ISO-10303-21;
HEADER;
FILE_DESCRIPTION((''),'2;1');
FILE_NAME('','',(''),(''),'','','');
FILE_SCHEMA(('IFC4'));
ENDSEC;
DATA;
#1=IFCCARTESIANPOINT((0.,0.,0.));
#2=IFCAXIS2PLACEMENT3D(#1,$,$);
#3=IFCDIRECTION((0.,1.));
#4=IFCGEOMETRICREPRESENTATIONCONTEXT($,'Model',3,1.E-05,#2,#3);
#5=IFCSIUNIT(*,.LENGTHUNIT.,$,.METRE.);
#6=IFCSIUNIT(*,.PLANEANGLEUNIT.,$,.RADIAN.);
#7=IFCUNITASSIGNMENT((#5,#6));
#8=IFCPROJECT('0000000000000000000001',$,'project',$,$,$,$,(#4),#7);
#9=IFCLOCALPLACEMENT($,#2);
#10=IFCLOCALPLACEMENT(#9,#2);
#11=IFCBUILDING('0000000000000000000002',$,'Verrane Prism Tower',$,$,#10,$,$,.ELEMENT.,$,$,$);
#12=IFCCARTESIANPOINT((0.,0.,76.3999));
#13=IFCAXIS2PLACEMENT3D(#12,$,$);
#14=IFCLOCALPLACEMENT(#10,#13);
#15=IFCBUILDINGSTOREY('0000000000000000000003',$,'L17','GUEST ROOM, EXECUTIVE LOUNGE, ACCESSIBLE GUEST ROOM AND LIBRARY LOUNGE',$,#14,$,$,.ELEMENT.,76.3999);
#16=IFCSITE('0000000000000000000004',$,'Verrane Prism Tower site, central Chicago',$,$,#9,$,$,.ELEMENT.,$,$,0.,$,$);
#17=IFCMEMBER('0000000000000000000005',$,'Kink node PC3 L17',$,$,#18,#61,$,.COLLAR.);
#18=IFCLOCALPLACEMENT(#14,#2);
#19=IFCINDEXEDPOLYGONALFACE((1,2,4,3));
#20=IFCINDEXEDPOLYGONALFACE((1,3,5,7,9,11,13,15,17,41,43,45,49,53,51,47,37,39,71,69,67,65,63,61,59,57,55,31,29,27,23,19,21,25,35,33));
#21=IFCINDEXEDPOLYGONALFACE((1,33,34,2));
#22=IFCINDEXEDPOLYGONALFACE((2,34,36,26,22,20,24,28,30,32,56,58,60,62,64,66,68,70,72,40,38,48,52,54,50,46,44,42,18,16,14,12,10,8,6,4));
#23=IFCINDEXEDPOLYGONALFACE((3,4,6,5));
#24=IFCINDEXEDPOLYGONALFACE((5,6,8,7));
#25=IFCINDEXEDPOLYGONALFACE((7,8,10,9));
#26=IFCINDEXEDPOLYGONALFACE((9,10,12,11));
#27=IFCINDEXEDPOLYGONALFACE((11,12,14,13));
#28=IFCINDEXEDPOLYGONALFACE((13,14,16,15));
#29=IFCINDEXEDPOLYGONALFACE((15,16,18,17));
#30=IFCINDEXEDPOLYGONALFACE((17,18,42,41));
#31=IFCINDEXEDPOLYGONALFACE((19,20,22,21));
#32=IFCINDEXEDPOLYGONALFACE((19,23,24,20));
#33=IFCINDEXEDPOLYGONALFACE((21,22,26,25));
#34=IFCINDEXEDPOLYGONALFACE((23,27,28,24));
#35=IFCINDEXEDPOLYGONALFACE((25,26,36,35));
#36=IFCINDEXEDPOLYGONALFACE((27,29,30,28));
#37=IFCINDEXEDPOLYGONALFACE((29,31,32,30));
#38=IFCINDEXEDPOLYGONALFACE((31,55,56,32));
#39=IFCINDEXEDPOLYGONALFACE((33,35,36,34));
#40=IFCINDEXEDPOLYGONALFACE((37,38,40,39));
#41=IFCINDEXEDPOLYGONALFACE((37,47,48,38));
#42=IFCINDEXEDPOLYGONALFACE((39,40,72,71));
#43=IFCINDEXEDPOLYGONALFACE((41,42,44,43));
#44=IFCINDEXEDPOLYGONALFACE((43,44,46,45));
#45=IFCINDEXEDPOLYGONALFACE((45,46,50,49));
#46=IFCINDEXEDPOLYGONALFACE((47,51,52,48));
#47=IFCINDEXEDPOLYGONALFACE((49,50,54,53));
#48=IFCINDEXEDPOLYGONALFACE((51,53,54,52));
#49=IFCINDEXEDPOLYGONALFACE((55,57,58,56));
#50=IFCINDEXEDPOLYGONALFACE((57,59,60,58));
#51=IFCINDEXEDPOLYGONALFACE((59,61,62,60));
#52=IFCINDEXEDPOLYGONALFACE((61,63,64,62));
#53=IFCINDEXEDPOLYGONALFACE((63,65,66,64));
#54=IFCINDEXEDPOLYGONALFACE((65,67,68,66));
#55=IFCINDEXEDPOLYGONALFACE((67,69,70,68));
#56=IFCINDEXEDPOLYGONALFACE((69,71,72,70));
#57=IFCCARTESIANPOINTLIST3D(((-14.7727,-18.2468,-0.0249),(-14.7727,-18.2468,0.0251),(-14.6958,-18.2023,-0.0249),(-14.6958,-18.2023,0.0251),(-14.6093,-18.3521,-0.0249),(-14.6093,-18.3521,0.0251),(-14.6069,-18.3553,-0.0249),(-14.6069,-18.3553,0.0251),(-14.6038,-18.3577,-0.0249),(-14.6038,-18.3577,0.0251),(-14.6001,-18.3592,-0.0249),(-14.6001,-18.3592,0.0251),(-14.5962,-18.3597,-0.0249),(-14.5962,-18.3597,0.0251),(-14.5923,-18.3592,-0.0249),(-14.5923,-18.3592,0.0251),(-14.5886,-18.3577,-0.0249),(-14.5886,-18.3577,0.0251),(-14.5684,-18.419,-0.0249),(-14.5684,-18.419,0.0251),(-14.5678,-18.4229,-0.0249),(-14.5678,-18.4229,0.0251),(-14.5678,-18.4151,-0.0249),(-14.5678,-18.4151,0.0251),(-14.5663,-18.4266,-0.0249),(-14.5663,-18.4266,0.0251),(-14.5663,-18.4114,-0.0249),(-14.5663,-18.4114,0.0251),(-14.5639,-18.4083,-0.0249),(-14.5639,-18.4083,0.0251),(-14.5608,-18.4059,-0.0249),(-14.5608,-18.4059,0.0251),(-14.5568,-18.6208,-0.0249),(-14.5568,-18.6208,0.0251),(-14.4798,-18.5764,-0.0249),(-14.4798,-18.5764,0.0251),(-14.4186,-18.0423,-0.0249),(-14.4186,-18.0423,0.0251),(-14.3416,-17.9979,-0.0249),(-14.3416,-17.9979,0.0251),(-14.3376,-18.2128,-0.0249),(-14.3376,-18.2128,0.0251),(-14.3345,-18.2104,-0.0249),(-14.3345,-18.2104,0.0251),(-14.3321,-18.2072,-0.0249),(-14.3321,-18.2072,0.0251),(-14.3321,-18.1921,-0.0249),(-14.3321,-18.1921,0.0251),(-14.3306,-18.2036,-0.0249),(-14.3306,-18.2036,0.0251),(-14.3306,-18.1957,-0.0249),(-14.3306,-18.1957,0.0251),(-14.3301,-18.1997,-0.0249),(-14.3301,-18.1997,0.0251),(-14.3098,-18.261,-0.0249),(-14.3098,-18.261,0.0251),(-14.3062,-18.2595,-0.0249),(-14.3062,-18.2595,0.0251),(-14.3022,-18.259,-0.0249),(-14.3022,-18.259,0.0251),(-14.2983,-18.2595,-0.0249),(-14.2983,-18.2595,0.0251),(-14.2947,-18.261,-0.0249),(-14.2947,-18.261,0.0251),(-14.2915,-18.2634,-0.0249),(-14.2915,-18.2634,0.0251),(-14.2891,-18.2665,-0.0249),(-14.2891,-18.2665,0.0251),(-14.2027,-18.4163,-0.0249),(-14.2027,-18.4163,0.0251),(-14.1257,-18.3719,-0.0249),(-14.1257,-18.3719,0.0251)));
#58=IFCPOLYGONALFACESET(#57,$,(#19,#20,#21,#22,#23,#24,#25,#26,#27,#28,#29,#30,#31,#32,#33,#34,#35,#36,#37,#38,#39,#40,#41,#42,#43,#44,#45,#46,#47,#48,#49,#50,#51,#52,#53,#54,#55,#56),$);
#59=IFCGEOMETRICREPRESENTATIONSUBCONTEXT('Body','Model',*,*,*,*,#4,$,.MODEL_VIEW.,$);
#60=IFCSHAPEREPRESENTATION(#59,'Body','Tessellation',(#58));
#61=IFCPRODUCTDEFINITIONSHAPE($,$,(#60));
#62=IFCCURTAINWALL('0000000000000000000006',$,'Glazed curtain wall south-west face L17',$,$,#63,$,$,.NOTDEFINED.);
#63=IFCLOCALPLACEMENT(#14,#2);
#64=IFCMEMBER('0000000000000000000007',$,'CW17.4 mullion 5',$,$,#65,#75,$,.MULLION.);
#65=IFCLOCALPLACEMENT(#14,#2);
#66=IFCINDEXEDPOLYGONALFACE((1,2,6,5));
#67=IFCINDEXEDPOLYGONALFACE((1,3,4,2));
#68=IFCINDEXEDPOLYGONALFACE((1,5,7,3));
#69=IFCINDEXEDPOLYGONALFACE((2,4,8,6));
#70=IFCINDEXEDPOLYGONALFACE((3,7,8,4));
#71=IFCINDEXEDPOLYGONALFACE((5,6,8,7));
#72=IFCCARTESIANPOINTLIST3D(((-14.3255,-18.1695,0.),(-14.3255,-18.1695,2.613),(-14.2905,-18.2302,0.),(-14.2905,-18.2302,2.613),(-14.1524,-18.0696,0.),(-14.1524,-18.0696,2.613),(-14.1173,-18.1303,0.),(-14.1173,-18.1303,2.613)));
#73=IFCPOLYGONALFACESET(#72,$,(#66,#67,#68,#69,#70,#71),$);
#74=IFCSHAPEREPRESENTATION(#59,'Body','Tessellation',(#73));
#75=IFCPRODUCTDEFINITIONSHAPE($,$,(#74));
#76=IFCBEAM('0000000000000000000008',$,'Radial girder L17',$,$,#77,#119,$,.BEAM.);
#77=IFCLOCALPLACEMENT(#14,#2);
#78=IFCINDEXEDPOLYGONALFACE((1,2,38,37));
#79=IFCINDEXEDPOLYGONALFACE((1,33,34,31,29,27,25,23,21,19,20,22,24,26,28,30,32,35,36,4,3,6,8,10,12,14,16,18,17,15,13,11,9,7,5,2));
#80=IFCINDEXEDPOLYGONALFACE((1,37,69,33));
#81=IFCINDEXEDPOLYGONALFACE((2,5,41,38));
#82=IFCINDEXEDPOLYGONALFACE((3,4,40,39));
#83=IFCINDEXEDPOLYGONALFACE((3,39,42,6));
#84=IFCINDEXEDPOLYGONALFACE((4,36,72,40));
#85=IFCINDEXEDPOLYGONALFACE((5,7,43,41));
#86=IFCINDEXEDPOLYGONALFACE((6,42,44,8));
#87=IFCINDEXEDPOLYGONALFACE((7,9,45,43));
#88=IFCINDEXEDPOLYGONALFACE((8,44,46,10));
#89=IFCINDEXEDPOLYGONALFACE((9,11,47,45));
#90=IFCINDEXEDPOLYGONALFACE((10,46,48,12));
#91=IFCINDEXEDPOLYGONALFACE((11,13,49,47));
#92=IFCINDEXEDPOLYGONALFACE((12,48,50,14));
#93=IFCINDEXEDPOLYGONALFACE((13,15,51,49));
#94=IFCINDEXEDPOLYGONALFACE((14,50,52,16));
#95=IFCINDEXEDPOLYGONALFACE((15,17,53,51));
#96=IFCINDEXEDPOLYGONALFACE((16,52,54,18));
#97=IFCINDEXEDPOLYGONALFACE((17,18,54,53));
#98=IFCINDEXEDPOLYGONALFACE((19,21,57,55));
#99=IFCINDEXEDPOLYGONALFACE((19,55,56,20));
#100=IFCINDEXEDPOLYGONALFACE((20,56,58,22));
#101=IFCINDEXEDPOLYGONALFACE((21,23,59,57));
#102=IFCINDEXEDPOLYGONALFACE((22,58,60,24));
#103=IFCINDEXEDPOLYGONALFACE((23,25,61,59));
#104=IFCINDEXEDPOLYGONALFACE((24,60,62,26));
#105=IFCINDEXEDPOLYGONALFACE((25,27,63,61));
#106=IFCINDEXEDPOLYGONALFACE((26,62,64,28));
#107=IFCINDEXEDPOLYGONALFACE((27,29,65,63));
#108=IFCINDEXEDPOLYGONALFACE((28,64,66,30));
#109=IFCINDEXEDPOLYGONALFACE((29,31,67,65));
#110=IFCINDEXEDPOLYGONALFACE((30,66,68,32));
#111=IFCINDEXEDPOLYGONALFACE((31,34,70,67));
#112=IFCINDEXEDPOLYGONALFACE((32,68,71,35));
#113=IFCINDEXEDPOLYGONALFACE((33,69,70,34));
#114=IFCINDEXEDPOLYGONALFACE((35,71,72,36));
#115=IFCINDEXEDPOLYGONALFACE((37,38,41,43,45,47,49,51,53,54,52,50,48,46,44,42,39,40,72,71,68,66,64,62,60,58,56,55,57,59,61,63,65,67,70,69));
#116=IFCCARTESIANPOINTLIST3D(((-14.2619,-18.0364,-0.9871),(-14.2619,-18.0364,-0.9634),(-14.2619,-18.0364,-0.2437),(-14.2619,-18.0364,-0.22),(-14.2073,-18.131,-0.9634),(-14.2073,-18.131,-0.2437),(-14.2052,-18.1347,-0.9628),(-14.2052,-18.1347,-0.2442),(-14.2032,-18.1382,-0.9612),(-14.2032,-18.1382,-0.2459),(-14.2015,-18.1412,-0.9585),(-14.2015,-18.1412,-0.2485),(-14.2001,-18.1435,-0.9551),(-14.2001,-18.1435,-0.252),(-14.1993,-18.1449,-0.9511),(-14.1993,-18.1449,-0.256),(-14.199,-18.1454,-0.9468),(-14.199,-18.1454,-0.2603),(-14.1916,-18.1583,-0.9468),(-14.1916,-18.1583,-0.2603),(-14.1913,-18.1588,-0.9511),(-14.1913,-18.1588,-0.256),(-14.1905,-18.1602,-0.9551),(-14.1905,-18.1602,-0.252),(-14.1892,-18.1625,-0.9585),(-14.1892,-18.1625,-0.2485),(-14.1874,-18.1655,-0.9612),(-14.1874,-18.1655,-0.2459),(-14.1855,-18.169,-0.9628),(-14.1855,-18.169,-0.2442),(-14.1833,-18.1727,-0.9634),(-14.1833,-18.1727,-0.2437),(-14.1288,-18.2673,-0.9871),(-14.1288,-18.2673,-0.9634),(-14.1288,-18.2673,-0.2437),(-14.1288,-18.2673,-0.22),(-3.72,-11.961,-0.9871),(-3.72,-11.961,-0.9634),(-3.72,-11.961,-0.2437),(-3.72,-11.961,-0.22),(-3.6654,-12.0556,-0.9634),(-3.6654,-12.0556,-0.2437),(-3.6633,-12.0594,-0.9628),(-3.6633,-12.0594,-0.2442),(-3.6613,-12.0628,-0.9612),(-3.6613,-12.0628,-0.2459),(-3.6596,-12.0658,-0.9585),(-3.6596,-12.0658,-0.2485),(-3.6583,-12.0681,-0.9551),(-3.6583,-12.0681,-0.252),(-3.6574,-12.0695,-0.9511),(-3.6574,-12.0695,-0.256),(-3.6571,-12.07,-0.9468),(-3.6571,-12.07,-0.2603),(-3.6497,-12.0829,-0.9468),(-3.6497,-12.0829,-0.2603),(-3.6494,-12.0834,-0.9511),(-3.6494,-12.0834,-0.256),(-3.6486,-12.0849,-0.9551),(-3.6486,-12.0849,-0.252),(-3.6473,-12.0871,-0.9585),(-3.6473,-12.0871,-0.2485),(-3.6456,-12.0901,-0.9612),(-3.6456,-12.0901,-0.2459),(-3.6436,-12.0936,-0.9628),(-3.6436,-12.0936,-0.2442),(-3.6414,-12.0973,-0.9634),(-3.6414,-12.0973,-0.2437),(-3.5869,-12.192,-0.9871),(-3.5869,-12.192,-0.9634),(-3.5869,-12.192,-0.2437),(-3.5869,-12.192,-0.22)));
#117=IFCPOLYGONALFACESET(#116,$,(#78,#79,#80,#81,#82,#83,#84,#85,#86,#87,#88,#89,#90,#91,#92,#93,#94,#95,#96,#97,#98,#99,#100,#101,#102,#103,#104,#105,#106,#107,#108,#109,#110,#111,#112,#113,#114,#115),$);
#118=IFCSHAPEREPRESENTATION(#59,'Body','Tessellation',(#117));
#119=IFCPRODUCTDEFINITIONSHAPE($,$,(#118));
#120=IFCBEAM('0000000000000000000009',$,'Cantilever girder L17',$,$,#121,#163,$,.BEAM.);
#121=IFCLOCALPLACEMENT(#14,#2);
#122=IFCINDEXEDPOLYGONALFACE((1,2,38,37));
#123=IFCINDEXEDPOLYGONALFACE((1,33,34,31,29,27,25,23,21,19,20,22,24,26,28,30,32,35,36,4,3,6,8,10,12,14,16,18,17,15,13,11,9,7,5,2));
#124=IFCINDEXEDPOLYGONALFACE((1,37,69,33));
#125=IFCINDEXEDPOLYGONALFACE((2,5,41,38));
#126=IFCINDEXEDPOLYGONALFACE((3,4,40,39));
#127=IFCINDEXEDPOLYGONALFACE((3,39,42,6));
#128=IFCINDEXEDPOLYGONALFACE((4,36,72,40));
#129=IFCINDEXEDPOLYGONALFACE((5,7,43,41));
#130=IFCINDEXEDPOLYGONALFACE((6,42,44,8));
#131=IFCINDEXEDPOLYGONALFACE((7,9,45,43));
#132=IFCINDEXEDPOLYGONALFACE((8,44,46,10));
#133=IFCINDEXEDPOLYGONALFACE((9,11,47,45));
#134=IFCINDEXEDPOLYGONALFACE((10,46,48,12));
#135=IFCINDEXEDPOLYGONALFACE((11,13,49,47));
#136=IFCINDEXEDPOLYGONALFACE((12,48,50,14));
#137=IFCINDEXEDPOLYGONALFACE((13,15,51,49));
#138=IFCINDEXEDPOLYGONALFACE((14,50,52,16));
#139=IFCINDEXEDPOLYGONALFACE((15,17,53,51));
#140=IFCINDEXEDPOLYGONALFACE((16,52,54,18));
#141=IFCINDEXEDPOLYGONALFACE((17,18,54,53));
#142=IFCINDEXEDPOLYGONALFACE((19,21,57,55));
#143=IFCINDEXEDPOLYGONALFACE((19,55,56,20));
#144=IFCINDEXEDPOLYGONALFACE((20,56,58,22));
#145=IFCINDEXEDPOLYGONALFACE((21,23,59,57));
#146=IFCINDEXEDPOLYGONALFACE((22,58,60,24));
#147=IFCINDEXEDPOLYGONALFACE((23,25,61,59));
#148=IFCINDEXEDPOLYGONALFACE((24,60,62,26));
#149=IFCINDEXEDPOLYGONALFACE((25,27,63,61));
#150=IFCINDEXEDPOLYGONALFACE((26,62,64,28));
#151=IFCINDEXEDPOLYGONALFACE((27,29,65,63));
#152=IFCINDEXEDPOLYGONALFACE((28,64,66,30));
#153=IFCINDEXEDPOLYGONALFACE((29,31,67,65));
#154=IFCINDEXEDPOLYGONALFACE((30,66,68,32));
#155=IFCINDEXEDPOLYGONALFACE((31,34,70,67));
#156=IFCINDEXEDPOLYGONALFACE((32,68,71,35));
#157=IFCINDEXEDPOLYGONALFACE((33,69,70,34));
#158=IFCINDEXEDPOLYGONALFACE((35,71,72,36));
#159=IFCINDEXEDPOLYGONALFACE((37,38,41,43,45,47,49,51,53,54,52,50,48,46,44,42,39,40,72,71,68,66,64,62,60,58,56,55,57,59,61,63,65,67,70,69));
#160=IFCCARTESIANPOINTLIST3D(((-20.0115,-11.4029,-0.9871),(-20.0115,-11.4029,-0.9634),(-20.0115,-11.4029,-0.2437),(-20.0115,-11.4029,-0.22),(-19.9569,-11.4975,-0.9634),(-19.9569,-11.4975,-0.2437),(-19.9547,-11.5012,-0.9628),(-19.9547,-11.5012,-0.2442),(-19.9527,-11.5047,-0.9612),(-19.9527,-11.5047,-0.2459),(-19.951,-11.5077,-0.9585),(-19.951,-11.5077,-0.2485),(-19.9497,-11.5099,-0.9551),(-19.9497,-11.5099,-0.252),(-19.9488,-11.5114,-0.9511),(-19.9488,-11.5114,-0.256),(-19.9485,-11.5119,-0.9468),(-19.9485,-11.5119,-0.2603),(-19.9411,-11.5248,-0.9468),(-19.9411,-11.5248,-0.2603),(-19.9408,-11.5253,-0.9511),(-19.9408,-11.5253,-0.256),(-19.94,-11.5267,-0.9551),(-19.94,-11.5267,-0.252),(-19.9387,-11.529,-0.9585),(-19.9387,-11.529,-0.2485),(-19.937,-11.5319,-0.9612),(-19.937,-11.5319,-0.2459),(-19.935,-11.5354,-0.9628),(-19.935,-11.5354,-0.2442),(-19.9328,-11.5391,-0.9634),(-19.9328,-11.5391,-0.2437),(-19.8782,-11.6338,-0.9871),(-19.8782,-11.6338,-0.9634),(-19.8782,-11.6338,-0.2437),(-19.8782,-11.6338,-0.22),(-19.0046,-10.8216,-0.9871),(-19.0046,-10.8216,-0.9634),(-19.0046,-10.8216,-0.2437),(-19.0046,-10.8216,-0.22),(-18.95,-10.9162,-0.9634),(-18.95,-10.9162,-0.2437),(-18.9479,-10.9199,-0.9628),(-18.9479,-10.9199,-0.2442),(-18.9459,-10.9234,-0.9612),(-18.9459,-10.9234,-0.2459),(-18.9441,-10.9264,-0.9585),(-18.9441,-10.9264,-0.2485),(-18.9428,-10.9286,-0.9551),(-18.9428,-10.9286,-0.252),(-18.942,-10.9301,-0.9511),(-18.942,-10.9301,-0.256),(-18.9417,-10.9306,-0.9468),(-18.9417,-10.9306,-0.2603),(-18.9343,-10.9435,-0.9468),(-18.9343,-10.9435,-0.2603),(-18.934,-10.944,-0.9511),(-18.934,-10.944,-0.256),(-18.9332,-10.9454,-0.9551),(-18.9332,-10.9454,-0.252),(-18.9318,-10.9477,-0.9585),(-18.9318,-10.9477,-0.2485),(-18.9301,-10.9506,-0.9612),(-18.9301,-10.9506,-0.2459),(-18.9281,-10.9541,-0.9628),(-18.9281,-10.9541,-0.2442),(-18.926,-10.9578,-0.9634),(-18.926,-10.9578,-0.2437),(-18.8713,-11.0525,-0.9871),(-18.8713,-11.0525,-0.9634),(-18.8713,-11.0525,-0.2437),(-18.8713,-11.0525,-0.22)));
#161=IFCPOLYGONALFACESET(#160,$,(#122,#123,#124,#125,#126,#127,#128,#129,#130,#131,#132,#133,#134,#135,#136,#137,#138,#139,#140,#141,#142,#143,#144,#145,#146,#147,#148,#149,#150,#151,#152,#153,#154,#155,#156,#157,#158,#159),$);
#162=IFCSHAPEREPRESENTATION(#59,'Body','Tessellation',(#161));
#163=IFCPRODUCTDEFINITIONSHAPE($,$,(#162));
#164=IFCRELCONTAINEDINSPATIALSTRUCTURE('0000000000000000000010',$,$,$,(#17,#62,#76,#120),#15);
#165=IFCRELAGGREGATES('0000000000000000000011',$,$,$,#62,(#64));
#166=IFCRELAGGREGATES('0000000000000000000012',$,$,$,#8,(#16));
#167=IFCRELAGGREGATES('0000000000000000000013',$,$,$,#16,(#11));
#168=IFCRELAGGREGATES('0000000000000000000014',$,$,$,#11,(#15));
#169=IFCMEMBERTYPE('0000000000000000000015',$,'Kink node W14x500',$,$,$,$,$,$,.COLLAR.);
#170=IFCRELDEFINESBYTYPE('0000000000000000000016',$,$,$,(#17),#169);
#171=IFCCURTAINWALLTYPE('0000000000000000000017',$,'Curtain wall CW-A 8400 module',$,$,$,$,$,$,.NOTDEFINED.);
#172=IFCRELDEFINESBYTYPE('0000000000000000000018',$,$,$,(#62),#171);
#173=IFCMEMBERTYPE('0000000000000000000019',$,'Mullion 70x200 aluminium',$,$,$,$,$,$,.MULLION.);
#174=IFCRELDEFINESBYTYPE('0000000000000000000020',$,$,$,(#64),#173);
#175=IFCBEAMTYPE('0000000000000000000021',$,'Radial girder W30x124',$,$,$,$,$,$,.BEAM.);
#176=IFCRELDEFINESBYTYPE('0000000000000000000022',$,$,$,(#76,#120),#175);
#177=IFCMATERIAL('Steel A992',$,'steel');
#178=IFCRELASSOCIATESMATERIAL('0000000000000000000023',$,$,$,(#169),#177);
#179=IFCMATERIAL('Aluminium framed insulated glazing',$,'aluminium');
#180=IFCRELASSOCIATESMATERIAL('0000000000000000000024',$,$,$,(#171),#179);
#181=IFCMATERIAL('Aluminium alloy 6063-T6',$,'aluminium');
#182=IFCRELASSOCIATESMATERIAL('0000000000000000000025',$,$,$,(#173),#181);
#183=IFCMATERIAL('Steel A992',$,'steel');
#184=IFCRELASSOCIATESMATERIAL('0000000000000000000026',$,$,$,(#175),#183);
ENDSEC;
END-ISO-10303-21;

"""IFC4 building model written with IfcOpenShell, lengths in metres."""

from ifc_helpers import new_model, si_unit, direction, frame, origin, origin_2d, place, context, subcontext, project, spatial, rectangle, i_section, extrude, material, material_profile, profile_set, type_object, element, aggregate, save


model = new_model("IFC4")

# Units and contexts
model_context = context("Model", 3, precision=1e-05, world=origin(), true_north=direction((0.0, 1.0)))
body_context = subcontext(model_context, "Body", "Model", "MODEL_VIEW")
ifc_project = project(units=[si_unit("LENGTHUNIT", "METRE"), si_unit("PLANEANGLEUNIT", "RADIAN")], contexts=[model_context])

# Site, building, storey
site_placement = place(None, origin())
site = spatial("IfcSite", under=ifc_project, at=site_placement, Name="Verrane Prism Tower site, central Chicago", CompositionType="ELEMENT", RefElevation=0.0)
building_placement = place(site_placement, origin())
building = spatial("IfcBuilding", under=site, at=building_placement, Name="Verrane Prism Tower", CompositionType="ELEMENT")
storey_placement = place(building_placement, frame((0.0, 0.0, 76.3999)))
storey = spatial("IfcBuildingStorey", under=building, at=storey_placement, Name="L17", Description="GUEST ROOM, EXECUTIVE LOUNGE, ACCESSIBLE GUEST ROOM AND LIBRARY LOUNGE", CompositionType="ELEMENT", Elevation=76.3999)

# Member
ifc_material_1 = material(Name="Steel A992", Category="steel")
ifc_material_profile_1 = material_profile(ifc_material_1, i_section(OverallWidth=0.4319, OverallDepth=0.4978, WebThickness=0.0557, FlangeThickness=0.0889, FilletRadius=0.0151, at=origin_2d()), Name="W14x500")
ifc_profile_set_1 = profile_set([ifc_material_profile_1], Name="Steel A992")
member_type_1 = type_object("IfcMemberType", Name="Kink node W14x500", PredefinedType="COLLAR", material=ifc_profile_set_1)
member_1_placement = place(storey_placement, frame((-14.4492, -18.3093, -0.0249), z_axis=(0.0, 0.0, 1.0), x_axis=(-0.5, 0.866025, 0.0)))
element("IfcMember", 1, at=member_1_placement, inside=storey, type_object=member_type_1, Name="Kink node PC3 L17", PredefinedType="COLLAR", context=body_context, shape_type="SweptSolid", body=[
    extrude(i_section(OverallWidth=0.4319, OverallDepth=0.4978, WebThickness=0.0557, FlangeThickness=0.0889, FilletRadius=0.0151, at=origin_2d()), origin(), (0.0, 0.0, 1.0), 0.05),
])

# Curtain wall, member
ifc_material_2 = material(Name="Aluminium framed insulated glazing", Category="aluminium")
curtain_wall_type = type_object("IfcCurtainWallType", Name="Curtain wall CW-A 8400 module", PredefinedType="NOTDEFINED", material=ifc_material_2)
curtain_wall_placement = place(storey_placement, origin())
curtain_wall = element("IfcCurtainWall", 2, at=curtain_wall_placement, inside=storey, type_object=curtain_wall_type, Name="Glazed curtain wall south-west face L17", PredefinedType="NOTDEFINED")
ifc_material_3 = material(Name="Aluminium alloy 6063-T6", Category="aluminium")
ifc_material_profile_2 = material_profile(ifc_material_3, rectangle(XDim=0.2, YDim=0.0701, at=origin_2d()), Name="Mullion 70x200 aluminium")
ifc_profile_set_2 = profile_set([ifc_material_profile_2], Name="Aluminium alloy 6063-T6")
member_type_2 = type_object("IfcMemberType", Name="Mullion 70x200 aluminium", PredefinedType="MULLION", material=ifc_profile_set_2)
member_2_placement = place(storey_placement, frame((-14.2214, -18.1499, 0.0), z_axis=(0.0, 0.0, 1.0), x_axis=(0.866026, 0.499999, 0.0)))
member_2 = element("IfcMember", 3, at=member_2_placement, type_object=member_type_2, Name="CW17.4 mullion 5", PredefinedType="MULLION", context=body_context, shape_type="SweptSolid", body=[
    extrude(rectangle(XDim=0.2, YDim=0.0701, at=origin_2d()), origin(), (0.0, 0.0, 1.0), 2.613),
])

# Beams
ifc_material_4 = material(Name="Steel A992", Category="steel")
ifc_material_profile_3 = material_profile(ifc_material_4, i_section(OverallWidth=0.2666, OverallDepth=0.7671, WebThickness=0.0149, FlangeThickness=0.0237, FilletRadius=0.0166, at=origin_2d()), Name="W30x124")
ifc_profile_set_3 = profile_set([ifc_material_profile_3], Name="Steel A992")
beam_type_1 = type_object("IfcBeamType", Name="Radial girder W30x124", PredefinedType="BEAM", material=ifc_profile_set_3)
beam_1_placement = place(storey_placement, frame((-14.1953, -18.1519, -0.6035), z_axis=(0.866416, 0.499323, 0.0), x_axis=(-0.499323, 0.866416, 0.0)))
element("IfcBeam", 4, at=beam_1_placement, inside=storey, type_object=beam_type_1, Name="Radial girder L17", PredefinedType="BEAM", context=body_context, shape_type="SweptSolid", body=[
    extrude(i_section(OverallWidth=0.2666, OverallDepth=0.7671, WebThickness=0.0149, FlangeThickness=0.0237, FilletRadius=0.0166, at=origin_2d()), origin(), (0.0, 0.0, 1.0), 12.1672),
])
beam_2_placement = place(storey_placement, frame((-18.938, -10.937, -0.6035), z_axis=(-0.866025, -0.500001, 0.0), x_axis=(0.500001, -0.866025, 0.0)))
element("IfcBeam", 5, at=beam_2_placement, inside=storey, type_object=beam_type_1, Name="Cantilever girder L17", PredefinedType="BEAM", context=body_context, shape_type="SweptSolid", body=[
    extrude(i_section(OverallWidth=0.2666, OverallDepth=0.7671, WebThickness=0.0149, FlangeThickness=0.0237, FilletRadius=0.0166, at=origin_2d()), origin(), (0.0, 0.0, 1.0), 1.1626),
])

aggregate(curtain_wall, [member_2])

save(model, "model.ifc")
